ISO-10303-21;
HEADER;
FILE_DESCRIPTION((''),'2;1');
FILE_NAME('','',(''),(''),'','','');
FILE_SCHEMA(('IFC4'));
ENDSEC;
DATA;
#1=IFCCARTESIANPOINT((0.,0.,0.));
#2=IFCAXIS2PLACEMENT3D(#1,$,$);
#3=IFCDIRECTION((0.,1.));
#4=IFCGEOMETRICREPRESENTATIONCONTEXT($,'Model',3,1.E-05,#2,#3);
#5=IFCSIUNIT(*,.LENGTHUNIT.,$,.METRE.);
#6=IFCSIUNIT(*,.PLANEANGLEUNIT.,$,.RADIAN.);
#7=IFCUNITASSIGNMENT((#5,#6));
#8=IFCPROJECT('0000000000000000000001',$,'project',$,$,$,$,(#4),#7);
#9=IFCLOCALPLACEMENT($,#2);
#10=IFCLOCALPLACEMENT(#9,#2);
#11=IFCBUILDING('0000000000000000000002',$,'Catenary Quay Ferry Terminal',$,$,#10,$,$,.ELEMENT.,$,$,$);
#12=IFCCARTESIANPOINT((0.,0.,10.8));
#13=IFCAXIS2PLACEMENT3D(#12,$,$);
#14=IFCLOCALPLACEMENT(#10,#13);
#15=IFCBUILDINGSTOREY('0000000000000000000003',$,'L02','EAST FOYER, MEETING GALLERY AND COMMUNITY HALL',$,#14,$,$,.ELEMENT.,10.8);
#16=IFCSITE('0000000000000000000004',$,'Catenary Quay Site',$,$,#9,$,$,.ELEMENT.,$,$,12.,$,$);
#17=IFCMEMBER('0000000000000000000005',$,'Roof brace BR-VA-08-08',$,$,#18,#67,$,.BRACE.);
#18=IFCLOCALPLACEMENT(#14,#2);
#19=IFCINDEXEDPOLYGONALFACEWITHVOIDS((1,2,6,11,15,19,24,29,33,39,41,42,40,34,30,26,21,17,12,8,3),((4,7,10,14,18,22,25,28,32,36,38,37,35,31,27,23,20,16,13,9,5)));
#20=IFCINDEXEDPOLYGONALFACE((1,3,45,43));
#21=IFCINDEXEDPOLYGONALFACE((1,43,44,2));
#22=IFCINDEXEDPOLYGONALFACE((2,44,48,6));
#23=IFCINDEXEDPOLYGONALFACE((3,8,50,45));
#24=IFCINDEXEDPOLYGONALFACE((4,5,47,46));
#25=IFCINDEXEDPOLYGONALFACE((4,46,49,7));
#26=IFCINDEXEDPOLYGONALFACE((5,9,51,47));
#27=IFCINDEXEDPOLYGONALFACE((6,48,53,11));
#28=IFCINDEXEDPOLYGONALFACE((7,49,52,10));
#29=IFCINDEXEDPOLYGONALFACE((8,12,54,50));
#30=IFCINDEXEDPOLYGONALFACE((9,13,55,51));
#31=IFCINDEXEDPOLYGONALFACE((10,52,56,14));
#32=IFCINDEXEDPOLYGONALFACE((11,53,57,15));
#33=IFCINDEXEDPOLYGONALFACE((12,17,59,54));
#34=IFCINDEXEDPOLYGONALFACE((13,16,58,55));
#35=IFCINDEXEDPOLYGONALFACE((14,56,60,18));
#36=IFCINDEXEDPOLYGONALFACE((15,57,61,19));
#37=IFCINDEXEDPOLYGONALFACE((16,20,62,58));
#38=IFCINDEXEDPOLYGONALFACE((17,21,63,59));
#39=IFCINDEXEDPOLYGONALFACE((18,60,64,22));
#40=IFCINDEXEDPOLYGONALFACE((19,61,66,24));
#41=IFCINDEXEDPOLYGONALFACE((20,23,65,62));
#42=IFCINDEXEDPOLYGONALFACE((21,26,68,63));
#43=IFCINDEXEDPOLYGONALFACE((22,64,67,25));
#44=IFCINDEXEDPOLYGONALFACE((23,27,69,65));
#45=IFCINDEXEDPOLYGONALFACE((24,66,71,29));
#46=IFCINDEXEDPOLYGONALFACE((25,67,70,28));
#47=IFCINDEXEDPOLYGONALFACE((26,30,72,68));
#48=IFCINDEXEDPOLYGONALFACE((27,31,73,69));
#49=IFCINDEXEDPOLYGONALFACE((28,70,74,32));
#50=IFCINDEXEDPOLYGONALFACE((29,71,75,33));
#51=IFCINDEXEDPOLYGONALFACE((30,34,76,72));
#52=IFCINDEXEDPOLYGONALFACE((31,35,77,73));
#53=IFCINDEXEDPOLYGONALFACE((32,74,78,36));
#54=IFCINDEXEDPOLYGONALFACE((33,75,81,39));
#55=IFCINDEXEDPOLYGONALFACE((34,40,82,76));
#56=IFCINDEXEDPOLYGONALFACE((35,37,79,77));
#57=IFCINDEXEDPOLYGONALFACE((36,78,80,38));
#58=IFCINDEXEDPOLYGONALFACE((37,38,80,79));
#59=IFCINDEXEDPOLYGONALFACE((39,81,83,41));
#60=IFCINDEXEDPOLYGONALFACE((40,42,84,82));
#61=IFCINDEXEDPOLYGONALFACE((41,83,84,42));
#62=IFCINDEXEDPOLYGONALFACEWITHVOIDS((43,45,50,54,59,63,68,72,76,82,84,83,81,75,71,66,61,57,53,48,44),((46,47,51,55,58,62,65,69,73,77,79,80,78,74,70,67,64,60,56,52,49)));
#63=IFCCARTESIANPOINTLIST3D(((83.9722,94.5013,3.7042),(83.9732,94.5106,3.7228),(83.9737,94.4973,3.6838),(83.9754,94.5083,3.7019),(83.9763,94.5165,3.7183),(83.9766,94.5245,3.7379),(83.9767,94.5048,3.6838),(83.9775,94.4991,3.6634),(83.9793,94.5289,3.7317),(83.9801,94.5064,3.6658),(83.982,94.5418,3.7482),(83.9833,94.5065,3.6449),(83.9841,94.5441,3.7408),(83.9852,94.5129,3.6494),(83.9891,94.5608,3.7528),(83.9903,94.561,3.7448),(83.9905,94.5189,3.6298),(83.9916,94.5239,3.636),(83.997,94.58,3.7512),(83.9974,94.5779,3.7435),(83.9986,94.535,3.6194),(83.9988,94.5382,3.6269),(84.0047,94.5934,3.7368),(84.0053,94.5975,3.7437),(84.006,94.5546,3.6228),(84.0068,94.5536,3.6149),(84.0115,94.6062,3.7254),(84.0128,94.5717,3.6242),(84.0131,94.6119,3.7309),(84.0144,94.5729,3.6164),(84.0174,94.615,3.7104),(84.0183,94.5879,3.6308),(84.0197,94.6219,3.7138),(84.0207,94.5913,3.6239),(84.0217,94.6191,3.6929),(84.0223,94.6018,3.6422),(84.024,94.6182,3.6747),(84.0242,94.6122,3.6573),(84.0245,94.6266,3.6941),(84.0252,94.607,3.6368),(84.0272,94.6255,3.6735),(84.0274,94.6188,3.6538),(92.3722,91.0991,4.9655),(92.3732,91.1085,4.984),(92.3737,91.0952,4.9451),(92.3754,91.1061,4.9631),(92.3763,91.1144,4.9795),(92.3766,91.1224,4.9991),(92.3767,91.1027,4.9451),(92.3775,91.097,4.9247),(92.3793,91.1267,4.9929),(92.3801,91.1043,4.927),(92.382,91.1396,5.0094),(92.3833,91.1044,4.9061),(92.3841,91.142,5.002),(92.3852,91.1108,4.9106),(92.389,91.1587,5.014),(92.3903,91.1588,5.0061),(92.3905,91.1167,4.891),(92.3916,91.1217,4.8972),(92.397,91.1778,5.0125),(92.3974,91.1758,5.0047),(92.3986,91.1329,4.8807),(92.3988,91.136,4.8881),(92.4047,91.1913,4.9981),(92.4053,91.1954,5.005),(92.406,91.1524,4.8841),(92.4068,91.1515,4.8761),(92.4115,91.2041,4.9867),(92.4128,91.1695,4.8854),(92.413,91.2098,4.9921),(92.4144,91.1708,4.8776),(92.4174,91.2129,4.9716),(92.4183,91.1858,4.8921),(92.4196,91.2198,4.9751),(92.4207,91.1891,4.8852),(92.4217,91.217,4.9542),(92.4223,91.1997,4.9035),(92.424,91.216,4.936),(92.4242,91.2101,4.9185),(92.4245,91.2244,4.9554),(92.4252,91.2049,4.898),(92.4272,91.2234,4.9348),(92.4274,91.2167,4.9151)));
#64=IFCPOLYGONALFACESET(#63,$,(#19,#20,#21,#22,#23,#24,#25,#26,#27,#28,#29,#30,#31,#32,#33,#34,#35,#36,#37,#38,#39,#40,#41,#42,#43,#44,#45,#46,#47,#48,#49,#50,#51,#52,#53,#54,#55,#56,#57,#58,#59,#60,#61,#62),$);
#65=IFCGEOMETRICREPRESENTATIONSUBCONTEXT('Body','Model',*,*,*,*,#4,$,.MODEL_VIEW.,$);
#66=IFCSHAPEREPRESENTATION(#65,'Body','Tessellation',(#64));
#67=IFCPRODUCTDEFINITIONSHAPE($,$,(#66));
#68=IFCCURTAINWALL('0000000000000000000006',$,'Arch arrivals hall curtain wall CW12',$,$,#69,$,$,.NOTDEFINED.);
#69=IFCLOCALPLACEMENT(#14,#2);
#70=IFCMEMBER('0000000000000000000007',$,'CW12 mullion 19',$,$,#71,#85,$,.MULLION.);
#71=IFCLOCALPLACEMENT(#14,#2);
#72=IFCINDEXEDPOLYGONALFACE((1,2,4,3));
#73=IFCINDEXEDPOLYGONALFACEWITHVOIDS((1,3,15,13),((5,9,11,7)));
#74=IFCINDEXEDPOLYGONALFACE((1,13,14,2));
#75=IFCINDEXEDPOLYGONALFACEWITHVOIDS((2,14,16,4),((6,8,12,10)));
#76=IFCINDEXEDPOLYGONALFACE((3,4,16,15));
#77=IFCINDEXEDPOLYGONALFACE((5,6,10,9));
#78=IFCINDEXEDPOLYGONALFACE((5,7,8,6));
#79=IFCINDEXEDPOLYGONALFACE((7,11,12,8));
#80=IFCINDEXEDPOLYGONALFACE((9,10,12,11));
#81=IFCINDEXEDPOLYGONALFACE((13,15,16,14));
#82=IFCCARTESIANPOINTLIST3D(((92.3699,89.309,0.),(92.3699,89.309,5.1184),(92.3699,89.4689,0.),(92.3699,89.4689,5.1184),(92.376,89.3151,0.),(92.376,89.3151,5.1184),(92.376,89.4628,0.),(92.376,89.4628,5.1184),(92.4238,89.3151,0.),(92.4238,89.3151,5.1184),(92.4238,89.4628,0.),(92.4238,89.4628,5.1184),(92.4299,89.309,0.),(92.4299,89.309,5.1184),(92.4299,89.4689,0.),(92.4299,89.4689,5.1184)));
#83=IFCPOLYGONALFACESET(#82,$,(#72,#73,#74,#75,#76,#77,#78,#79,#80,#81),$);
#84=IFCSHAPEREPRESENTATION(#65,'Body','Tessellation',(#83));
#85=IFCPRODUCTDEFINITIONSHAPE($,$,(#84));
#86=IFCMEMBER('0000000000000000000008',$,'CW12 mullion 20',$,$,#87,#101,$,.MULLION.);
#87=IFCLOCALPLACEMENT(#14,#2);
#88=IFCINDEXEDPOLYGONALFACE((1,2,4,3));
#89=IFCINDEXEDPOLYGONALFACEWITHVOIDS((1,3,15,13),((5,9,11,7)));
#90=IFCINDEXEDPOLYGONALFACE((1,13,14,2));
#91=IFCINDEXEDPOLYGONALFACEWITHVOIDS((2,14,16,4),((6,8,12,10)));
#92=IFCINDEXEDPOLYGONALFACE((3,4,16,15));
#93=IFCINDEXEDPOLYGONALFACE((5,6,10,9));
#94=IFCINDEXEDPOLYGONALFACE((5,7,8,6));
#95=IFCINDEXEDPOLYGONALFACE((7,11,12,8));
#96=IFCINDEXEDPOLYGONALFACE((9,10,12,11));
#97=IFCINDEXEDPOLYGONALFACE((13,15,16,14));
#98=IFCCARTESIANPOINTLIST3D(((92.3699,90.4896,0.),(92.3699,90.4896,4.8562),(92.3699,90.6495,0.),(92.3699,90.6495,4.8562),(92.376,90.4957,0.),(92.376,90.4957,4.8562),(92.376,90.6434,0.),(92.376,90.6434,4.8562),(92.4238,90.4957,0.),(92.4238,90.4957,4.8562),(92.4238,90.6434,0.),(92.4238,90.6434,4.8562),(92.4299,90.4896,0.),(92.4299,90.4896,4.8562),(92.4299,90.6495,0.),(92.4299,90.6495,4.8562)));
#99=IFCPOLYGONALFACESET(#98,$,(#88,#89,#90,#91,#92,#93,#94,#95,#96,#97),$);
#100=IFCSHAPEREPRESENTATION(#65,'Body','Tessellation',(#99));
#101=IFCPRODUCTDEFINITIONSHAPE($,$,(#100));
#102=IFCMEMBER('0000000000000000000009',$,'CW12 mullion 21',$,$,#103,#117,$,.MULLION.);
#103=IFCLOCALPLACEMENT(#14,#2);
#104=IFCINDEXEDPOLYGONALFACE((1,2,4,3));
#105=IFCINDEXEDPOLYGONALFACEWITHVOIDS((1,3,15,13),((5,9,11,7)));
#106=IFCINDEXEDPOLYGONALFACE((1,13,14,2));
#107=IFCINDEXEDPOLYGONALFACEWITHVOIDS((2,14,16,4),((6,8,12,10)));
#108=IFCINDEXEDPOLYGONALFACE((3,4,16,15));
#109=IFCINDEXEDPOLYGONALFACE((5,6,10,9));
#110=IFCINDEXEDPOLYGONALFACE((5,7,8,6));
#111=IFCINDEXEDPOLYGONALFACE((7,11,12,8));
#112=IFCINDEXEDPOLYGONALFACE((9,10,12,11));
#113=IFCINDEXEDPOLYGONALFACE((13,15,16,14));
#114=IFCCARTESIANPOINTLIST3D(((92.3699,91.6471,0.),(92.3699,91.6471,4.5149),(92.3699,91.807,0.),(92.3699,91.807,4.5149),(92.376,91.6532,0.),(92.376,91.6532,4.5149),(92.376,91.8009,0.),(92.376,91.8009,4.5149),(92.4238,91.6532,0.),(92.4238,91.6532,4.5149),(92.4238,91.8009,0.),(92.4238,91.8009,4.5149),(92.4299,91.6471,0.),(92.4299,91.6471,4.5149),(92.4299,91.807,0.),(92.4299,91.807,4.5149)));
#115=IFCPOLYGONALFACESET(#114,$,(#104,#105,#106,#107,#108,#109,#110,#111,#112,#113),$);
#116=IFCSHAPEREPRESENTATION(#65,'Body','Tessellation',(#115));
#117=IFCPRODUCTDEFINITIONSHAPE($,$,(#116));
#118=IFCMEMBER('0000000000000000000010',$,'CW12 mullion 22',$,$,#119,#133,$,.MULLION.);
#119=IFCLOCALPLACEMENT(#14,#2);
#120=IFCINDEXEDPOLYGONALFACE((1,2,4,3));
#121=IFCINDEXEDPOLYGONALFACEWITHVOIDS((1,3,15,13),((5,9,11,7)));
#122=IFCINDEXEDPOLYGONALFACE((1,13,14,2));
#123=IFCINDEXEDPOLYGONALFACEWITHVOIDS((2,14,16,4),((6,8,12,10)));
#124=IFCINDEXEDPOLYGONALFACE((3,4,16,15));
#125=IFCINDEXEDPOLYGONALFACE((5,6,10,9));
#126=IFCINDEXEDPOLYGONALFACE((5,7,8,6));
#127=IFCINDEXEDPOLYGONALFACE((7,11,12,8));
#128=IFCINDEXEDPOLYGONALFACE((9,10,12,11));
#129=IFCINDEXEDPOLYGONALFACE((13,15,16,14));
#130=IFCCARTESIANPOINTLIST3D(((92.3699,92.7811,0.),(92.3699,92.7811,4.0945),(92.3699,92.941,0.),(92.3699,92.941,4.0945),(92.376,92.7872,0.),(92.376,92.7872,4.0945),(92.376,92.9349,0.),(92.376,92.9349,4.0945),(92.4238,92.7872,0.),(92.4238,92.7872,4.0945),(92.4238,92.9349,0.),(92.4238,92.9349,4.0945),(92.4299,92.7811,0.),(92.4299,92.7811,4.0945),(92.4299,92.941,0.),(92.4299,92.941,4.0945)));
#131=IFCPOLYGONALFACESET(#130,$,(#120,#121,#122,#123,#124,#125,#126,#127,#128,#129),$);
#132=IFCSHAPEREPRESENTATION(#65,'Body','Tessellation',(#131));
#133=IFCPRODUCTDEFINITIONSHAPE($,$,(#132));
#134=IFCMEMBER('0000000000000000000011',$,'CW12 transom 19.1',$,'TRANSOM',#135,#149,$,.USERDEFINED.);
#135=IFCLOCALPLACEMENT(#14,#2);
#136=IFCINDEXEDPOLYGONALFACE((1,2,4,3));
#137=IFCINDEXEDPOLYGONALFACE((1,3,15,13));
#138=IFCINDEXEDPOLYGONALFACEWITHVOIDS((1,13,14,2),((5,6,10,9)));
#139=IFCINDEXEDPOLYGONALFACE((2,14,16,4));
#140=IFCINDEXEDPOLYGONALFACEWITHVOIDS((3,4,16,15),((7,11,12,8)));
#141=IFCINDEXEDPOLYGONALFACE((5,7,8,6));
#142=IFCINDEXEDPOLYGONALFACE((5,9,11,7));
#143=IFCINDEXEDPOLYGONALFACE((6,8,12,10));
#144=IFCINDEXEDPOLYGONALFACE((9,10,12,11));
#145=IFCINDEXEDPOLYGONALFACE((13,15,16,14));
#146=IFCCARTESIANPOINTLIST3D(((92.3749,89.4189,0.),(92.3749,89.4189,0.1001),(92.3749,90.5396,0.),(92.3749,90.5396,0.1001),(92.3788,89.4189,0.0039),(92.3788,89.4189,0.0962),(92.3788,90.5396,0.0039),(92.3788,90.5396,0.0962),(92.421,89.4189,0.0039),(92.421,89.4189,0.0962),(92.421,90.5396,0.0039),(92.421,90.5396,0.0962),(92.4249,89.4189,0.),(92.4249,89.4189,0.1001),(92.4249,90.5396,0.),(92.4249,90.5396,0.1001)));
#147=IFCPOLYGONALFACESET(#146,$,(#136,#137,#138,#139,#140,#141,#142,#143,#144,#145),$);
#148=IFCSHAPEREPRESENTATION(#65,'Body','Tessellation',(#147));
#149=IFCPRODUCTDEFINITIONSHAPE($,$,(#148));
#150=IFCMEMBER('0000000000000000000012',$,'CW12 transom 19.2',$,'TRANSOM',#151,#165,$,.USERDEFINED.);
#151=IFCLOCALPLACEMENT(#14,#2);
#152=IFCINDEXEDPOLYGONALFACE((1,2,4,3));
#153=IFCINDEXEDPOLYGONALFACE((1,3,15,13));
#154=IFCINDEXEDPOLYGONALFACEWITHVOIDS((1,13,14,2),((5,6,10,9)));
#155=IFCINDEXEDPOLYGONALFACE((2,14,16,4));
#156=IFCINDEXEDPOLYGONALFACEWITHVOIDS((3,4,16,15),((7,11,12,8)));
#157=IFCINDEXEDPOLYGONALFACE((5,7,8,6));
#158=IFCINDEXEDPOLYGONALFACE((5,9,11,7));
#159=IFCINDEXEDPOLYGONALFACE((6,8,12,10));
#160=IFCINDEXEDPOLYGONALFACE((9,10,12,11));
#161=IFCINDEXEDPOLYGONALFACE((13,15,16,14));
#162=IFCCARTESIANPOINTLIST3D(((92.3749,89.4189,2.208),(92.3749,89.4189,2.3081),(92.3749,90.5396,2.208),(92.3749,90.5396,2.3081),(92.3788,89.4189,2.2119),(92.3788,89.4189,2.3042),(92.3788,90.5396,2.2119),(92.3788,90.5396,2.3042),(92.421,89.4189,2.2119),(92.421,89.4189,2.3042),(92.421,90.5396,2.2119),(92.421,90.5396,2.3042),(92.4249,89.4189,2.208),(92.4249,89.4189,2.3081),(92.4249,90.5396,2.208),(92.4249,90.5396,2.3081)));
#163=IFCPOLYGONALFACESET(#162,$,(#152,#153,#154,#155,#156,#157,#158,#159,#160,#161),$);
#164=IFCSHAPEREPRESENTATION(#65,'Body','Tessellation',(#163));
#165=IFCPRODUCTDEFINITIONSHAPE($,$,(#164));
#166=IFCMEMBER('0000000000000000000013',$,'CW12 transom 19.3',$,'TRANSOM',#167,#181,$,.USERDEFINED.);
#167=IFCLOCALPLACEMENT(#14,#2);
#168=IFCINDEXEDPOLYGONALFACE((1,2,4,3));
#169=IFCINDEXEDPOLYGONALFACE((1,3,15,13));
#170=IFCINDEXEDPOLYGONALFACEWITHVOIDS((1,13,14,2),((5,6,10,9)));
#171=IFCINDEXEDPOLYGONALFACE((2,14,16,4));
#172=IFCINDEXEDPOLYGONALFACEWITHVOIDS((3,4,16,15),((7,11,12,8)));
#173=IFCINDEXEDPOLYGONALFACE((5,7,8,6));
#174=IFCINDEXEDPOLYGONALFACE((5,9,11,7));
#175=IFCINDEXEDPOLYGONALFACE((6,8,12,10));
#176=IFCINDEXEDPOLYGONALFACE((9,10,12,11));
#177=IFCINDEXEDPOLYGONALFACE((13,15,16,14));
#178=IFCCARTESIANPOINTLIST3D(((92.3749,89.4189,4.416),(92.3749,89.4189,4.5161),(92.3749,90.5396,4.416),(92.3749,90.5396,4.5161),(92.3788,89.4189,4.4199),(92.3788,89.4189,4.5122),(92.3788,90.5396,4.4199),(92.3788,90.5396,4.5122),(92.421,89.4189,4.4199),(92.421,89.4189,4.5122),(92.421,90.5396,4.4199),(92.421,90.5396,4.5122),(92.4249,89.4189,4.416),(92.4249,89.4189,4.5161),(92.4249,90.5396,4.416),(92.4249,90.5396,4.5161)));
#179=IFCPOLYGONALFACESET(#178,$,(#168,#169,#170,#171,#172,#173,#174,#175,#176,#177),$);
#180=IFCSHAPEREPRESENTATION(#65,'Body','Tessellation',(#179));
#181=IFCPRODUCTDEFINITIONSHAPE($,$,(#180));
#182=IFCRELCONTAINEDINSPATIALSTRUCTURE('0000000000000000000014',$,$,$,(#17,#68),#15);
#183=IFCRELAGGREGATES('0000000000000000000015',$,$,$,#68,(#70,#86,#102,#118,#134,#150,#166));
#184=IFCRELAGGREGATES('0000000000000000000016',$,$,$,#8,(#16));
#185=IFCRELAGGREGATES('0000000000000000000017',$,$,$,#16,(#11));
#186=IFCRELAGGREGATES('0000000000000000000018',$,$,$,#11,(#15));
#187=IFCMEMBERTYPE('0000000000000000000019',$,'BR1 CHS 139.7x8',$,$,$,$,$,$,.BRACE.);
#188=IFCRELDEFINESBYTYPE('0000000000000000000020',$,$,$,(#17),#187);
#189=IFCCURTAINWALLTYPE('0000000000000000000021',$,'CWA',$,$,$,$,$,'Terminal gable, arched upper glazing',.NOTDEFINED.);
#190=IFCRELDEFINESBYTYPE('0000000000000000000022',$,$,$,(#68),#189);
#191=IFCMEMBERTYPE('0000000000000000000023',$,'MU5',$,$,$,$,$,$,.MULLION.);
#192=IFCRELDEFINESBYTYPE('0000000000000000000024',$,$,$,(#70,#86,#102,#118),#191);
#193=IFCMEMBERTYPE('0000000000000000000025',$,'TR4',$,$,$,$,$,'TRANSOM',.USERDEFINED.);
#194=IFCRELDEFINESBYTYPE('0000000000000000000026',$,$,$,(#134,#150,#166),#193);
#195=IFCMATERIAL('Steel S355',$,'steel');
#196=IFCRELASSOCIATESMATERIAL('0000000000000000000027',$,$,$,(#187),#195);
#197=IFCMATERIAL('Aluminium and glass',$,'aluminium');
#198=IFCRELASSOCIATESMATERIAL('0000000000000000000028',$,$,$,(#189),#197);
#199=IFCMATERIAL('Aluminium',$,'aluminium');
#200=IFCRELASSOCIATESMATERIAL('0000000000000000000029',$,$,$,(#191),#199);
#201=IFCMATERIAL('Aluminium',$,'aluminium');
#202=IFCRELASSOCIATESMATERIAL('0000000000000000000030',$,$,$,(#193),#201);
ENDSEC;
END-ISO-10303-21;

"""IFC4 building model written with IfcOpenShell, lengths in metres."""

from ifc_helpers import new_model, si_unit, direction, frame, origin, origin_2d, place, context, subcontext, project, spatial, hollow_rectangle, hollow_circle, extrude, material, material_profile, profile_set, type_object, element, aggregate, save


model = new_model("IFC4")

# Units and contexts
model_context = context("Model", 3, precision=1e-05, world=origin(), true_north=direction((0.0, 1.0)))
body_context = subcontext(model_context, "Body", "Model", "MODEL_VIEW")
ifc_project = project(units=[si_unit("LENGTHUNIT", "METRE"), si_unit("PLANEANGLEUNIT", "RADIAN")], contexts=[model_context])

# Site, building, storey
site_placement = place(None, origin())
site = spatial("IfcSite", under=ifc_project, at=site_placement, Name="Catenary Quay Site", CompositionType="ELEMENT", RefElevation=12.0)
building_placement = place(site_placement, origin())
building = spatial("IfcBuilding", under=site, at=building_placement, Name="Catenary Quay Ferry Terminal", CompositionType="ELEMENT")
storey_placement = place(building_placement, frame((0.0, 0.0, 10.8)))
storey = spatial("IfcBuildingStorey", under=building, at=storey_placement, Name="L02", Description="EAST FOYER, MEETING GALLERY AND COMMUNITY HALL", CompositionType="ELEMENT", Elevation=10.8)

# Member
ifc_material_1 = material(Name="Steel S355", Category="steel")
ifc_material_profile_1 = material_profile(ifc_material_1, hollow_circle(Radius=0.0698, WallThickness=0.0081, at=origin_2d()), Name="CHS 139.7x8")
ifc_profile_set_1 = profile_set([ifc_material_profile_1], Name="Steel S355")
member_type_1 = type_object("IfcMemberType", Name="BR1 CHS 139.7x8", PredefinedType="BRACE", material=ifc_profile_set_1)
member_1_placement = place(storey_placement, frame((92.3999, 91.1599, 4.9451), z_axis=(-0.918017, 0.371812, -0.137839), x_axis=(-0.375396, -0.926865, 0.0)))
element("IfcMember", 1, at=member_1_placement, inside=storey, type_object=member_type_1, Name="Roof brace BR-VA-08-08", PredefinedType="BRACE", context=body_context, shape_type="SweptSolid", body=[
    extrude(hollow_circle(Radius=0.0698, WallThickness=0.0081, at=origin_2d()), origin(), (0.0, 0.0, 1.0), 9.1501),
])

# Curtain wall, members
ifc_material_2 = material(Name="Aluminium and glass", Category="aluminium")
curtain_wall_type = type_object("IfcCurtainWallType", Name="CWA", ElementType="Terminal gable, arched upper glazing", PredefinedType="NOTDEFINED", material=ifc_material_2)
curtain_wall_placement = place(storey_placement, origin())
curtain_wall = element("IfcCurtainWall", 2, at=curtain_wall_placement, inside=storey, type_object=curtain_wall_type, Name="Arch arrivals hall curtain wall CW12", PredefinedType="NOTDEFINED")
ifc_material_3 = material(Name="Aluminium", Category="aluminium")
ifc_material_profile_2 = material_profile(ifc_material_3, hollow_rectangle(XDim=0.0601, YDim=0.1599, WallThickness=0.0061, at=origin_2d()), Name="MU5")
ifc_profile_set_2 = profile_set([ifc_material_profile_2], Name="Aluminium")
member_type_2 = type_object("IfcMemberType", Name="MU5", PredefinedType="MULLION", material=ifc_profile_set_2)
member_2_placement = place(storey_placement, frame((92.3999, 89.3889, 0.0), z_axis=(0.0, 0.0, 1.0), x_axis=(-1.0, 0.0, 0.0)))
member_2 = element("IfcMember", 3, at=member_2_placement, type_object=member_type_2, Name="CW12 mullion 19", PredefinedType="MULLION", context=body_context, shape_type="SweptSolid", body=[
    extrude(hollow_rectangle(XDim=0.0601, YDim=0.1599, WallThickness=0.0061, at=origin_2d()), origin(), (0.0, 0.0, 1.0), 5.1184),
])
member_3_placement = place(storey_placement, frame((92.3999, 90.5696, 0.0), z_axis=(0.0, 0.0, 1.0), x_axis=(-1.0, 0.0, 0.0)))
member_3 = element("IfcMember", 4, at=member_3_placement, type_object=member_type_2, Name="CW12 mullion 20", PredefinedType="MULLION", context=body_context, shape_type="SweptSolid", body=[
    extrude(hollow_rectangle(XDim=0.0601, YDim=0.1599, WallThickness=0.0061, at=origin_2d()), origin(), (0.0, 0.0, 1.0), 4.8562),
])
member_4_placement = place(storey_placement, frame((92.3999, 91.7271, 0.0), z_axis=(0.0, 0.0, 1.0), x_axis=(-1.0, 0.0, 0.0)))
member_4 = element("IfcMember", 5, at=member_4_placement, type_object=member_type_2, Name="CW12 mullion 21", PredefinedType="MULLION", context=body_context, shape_type="SweptSolid", body=[
    extrude(hollow_rectangle(XDim=0.0601, YDim=0.1599, WallThickness=0.0061, at=origin_2d()), origin(), (0.0, 0.0, 1.0), 4.5149),
])
member_5_placement = place(storey_placement, frame((92.3999, 92.8611, 0.0), z_axis=(0.0, 0.0, 1.0), x_axis=(-1.0, 0.0, 0.0)))
member_5 = element("IfcMember", 6, at=member_5_placement, type_object=member_type_2, Name="CW12 mullion 22", PredefinedType="MULLION", context=body_context, shape_type="SweptSolid", body=[
    extrude(hollow_rectangle(XDim=0.0601, YDim=0.1599, WallThickness=0.0061, at=origin_2d()), origin(), (0.0, 0.0, 1.0), 4.0945),
])
ifc_material_4 = material(Name="Aluminium", Category="aluminium")
ifc_material_profile_3 = material_profile(ifc_material_4, hollow_rectangle(XDim=0.05, YDim=0.1001, WallThickness=0.0039, at=origin_2d()), Name="TR4")
ifc_profile_set_3 = profile_set([ifc_material_profile_3], Name="Aluminium")
member_type_3 = type_object("IfcMemberType", Name="TR4", ElementType="TRANSOM", PredefinedType="USERDEFINED", material=ifc_profile_set_3)
member_6_placement = place(storey_placement, frame((92.3999, 89.4189, 0.05), z_axis=(0.0, 1.0, 0.0), x_axis=(-1.0, 0.0, 0.0)))
member_6 = element("IfcMember", 7, at=member_6_placement, type_object=member_type_3, Name="CW12 transom 19.1", ObjectType="TRANSOM", PredefinedType="USERDEFINED", context=body_context, shape_type="SweptSolid", body=[
    extrude(hollow_rectangle(XDim=0.05, YDim=0.1001, WallThickness=0.0039, at=origin_2d()), origin(), (0.0, 0.0, 1.0), 1.1206),
])
member_7_placement = place(storey_placement, frame((92.3999, 89.4189, 2.2581), z_axis=(0.0, 1.0, 0.0), x_axis=(-1.0, 0.0, 0.0)))
member_7 = element("IfcMember", 8, at=member_7_placement, type_object=member_type_3, Name="CW12 transom 19.2", ObjectType="TRANSOM", PredefinedType="USERDEFINED", context=body_context, shape_type="SweptSolid", body=[
    extrude(hollow_rectangle(XDim=0.05, YDim=0.1001, WallThickness=0.0039, at=origin_2d()), origin(), (0.0, 0.0, 1.0), 1.1206),
])
member_8_placement = place(storey_placement, frame((92.3999, 89.4189, 4.4661), z_axis=(0.0, 1.0, 0.0), x_axis=(-1.0, 0.0, 0.0)))
member_8 = element("IfcMember", 9, at=member_8_placement, type_object=member_type_3, Name="CW12 transom 19.3", ObjectType="TRANSOM", PredefinedType="USERDEFINED", context=body_context, shape_type="SweptSolid", body=[
    extrude(hollow_rectangle(XDim=0.05, YDim=0.1001, WallThickness=0.0039, at=origin_2d()), origin(), (0.0, 0.0, 1.0), 1.1206),
])

aggregate(curtain_wall, [member_2, member_3, member_4, member_5, member_6, member_7, member_8])

save(model, "model.ifc")
